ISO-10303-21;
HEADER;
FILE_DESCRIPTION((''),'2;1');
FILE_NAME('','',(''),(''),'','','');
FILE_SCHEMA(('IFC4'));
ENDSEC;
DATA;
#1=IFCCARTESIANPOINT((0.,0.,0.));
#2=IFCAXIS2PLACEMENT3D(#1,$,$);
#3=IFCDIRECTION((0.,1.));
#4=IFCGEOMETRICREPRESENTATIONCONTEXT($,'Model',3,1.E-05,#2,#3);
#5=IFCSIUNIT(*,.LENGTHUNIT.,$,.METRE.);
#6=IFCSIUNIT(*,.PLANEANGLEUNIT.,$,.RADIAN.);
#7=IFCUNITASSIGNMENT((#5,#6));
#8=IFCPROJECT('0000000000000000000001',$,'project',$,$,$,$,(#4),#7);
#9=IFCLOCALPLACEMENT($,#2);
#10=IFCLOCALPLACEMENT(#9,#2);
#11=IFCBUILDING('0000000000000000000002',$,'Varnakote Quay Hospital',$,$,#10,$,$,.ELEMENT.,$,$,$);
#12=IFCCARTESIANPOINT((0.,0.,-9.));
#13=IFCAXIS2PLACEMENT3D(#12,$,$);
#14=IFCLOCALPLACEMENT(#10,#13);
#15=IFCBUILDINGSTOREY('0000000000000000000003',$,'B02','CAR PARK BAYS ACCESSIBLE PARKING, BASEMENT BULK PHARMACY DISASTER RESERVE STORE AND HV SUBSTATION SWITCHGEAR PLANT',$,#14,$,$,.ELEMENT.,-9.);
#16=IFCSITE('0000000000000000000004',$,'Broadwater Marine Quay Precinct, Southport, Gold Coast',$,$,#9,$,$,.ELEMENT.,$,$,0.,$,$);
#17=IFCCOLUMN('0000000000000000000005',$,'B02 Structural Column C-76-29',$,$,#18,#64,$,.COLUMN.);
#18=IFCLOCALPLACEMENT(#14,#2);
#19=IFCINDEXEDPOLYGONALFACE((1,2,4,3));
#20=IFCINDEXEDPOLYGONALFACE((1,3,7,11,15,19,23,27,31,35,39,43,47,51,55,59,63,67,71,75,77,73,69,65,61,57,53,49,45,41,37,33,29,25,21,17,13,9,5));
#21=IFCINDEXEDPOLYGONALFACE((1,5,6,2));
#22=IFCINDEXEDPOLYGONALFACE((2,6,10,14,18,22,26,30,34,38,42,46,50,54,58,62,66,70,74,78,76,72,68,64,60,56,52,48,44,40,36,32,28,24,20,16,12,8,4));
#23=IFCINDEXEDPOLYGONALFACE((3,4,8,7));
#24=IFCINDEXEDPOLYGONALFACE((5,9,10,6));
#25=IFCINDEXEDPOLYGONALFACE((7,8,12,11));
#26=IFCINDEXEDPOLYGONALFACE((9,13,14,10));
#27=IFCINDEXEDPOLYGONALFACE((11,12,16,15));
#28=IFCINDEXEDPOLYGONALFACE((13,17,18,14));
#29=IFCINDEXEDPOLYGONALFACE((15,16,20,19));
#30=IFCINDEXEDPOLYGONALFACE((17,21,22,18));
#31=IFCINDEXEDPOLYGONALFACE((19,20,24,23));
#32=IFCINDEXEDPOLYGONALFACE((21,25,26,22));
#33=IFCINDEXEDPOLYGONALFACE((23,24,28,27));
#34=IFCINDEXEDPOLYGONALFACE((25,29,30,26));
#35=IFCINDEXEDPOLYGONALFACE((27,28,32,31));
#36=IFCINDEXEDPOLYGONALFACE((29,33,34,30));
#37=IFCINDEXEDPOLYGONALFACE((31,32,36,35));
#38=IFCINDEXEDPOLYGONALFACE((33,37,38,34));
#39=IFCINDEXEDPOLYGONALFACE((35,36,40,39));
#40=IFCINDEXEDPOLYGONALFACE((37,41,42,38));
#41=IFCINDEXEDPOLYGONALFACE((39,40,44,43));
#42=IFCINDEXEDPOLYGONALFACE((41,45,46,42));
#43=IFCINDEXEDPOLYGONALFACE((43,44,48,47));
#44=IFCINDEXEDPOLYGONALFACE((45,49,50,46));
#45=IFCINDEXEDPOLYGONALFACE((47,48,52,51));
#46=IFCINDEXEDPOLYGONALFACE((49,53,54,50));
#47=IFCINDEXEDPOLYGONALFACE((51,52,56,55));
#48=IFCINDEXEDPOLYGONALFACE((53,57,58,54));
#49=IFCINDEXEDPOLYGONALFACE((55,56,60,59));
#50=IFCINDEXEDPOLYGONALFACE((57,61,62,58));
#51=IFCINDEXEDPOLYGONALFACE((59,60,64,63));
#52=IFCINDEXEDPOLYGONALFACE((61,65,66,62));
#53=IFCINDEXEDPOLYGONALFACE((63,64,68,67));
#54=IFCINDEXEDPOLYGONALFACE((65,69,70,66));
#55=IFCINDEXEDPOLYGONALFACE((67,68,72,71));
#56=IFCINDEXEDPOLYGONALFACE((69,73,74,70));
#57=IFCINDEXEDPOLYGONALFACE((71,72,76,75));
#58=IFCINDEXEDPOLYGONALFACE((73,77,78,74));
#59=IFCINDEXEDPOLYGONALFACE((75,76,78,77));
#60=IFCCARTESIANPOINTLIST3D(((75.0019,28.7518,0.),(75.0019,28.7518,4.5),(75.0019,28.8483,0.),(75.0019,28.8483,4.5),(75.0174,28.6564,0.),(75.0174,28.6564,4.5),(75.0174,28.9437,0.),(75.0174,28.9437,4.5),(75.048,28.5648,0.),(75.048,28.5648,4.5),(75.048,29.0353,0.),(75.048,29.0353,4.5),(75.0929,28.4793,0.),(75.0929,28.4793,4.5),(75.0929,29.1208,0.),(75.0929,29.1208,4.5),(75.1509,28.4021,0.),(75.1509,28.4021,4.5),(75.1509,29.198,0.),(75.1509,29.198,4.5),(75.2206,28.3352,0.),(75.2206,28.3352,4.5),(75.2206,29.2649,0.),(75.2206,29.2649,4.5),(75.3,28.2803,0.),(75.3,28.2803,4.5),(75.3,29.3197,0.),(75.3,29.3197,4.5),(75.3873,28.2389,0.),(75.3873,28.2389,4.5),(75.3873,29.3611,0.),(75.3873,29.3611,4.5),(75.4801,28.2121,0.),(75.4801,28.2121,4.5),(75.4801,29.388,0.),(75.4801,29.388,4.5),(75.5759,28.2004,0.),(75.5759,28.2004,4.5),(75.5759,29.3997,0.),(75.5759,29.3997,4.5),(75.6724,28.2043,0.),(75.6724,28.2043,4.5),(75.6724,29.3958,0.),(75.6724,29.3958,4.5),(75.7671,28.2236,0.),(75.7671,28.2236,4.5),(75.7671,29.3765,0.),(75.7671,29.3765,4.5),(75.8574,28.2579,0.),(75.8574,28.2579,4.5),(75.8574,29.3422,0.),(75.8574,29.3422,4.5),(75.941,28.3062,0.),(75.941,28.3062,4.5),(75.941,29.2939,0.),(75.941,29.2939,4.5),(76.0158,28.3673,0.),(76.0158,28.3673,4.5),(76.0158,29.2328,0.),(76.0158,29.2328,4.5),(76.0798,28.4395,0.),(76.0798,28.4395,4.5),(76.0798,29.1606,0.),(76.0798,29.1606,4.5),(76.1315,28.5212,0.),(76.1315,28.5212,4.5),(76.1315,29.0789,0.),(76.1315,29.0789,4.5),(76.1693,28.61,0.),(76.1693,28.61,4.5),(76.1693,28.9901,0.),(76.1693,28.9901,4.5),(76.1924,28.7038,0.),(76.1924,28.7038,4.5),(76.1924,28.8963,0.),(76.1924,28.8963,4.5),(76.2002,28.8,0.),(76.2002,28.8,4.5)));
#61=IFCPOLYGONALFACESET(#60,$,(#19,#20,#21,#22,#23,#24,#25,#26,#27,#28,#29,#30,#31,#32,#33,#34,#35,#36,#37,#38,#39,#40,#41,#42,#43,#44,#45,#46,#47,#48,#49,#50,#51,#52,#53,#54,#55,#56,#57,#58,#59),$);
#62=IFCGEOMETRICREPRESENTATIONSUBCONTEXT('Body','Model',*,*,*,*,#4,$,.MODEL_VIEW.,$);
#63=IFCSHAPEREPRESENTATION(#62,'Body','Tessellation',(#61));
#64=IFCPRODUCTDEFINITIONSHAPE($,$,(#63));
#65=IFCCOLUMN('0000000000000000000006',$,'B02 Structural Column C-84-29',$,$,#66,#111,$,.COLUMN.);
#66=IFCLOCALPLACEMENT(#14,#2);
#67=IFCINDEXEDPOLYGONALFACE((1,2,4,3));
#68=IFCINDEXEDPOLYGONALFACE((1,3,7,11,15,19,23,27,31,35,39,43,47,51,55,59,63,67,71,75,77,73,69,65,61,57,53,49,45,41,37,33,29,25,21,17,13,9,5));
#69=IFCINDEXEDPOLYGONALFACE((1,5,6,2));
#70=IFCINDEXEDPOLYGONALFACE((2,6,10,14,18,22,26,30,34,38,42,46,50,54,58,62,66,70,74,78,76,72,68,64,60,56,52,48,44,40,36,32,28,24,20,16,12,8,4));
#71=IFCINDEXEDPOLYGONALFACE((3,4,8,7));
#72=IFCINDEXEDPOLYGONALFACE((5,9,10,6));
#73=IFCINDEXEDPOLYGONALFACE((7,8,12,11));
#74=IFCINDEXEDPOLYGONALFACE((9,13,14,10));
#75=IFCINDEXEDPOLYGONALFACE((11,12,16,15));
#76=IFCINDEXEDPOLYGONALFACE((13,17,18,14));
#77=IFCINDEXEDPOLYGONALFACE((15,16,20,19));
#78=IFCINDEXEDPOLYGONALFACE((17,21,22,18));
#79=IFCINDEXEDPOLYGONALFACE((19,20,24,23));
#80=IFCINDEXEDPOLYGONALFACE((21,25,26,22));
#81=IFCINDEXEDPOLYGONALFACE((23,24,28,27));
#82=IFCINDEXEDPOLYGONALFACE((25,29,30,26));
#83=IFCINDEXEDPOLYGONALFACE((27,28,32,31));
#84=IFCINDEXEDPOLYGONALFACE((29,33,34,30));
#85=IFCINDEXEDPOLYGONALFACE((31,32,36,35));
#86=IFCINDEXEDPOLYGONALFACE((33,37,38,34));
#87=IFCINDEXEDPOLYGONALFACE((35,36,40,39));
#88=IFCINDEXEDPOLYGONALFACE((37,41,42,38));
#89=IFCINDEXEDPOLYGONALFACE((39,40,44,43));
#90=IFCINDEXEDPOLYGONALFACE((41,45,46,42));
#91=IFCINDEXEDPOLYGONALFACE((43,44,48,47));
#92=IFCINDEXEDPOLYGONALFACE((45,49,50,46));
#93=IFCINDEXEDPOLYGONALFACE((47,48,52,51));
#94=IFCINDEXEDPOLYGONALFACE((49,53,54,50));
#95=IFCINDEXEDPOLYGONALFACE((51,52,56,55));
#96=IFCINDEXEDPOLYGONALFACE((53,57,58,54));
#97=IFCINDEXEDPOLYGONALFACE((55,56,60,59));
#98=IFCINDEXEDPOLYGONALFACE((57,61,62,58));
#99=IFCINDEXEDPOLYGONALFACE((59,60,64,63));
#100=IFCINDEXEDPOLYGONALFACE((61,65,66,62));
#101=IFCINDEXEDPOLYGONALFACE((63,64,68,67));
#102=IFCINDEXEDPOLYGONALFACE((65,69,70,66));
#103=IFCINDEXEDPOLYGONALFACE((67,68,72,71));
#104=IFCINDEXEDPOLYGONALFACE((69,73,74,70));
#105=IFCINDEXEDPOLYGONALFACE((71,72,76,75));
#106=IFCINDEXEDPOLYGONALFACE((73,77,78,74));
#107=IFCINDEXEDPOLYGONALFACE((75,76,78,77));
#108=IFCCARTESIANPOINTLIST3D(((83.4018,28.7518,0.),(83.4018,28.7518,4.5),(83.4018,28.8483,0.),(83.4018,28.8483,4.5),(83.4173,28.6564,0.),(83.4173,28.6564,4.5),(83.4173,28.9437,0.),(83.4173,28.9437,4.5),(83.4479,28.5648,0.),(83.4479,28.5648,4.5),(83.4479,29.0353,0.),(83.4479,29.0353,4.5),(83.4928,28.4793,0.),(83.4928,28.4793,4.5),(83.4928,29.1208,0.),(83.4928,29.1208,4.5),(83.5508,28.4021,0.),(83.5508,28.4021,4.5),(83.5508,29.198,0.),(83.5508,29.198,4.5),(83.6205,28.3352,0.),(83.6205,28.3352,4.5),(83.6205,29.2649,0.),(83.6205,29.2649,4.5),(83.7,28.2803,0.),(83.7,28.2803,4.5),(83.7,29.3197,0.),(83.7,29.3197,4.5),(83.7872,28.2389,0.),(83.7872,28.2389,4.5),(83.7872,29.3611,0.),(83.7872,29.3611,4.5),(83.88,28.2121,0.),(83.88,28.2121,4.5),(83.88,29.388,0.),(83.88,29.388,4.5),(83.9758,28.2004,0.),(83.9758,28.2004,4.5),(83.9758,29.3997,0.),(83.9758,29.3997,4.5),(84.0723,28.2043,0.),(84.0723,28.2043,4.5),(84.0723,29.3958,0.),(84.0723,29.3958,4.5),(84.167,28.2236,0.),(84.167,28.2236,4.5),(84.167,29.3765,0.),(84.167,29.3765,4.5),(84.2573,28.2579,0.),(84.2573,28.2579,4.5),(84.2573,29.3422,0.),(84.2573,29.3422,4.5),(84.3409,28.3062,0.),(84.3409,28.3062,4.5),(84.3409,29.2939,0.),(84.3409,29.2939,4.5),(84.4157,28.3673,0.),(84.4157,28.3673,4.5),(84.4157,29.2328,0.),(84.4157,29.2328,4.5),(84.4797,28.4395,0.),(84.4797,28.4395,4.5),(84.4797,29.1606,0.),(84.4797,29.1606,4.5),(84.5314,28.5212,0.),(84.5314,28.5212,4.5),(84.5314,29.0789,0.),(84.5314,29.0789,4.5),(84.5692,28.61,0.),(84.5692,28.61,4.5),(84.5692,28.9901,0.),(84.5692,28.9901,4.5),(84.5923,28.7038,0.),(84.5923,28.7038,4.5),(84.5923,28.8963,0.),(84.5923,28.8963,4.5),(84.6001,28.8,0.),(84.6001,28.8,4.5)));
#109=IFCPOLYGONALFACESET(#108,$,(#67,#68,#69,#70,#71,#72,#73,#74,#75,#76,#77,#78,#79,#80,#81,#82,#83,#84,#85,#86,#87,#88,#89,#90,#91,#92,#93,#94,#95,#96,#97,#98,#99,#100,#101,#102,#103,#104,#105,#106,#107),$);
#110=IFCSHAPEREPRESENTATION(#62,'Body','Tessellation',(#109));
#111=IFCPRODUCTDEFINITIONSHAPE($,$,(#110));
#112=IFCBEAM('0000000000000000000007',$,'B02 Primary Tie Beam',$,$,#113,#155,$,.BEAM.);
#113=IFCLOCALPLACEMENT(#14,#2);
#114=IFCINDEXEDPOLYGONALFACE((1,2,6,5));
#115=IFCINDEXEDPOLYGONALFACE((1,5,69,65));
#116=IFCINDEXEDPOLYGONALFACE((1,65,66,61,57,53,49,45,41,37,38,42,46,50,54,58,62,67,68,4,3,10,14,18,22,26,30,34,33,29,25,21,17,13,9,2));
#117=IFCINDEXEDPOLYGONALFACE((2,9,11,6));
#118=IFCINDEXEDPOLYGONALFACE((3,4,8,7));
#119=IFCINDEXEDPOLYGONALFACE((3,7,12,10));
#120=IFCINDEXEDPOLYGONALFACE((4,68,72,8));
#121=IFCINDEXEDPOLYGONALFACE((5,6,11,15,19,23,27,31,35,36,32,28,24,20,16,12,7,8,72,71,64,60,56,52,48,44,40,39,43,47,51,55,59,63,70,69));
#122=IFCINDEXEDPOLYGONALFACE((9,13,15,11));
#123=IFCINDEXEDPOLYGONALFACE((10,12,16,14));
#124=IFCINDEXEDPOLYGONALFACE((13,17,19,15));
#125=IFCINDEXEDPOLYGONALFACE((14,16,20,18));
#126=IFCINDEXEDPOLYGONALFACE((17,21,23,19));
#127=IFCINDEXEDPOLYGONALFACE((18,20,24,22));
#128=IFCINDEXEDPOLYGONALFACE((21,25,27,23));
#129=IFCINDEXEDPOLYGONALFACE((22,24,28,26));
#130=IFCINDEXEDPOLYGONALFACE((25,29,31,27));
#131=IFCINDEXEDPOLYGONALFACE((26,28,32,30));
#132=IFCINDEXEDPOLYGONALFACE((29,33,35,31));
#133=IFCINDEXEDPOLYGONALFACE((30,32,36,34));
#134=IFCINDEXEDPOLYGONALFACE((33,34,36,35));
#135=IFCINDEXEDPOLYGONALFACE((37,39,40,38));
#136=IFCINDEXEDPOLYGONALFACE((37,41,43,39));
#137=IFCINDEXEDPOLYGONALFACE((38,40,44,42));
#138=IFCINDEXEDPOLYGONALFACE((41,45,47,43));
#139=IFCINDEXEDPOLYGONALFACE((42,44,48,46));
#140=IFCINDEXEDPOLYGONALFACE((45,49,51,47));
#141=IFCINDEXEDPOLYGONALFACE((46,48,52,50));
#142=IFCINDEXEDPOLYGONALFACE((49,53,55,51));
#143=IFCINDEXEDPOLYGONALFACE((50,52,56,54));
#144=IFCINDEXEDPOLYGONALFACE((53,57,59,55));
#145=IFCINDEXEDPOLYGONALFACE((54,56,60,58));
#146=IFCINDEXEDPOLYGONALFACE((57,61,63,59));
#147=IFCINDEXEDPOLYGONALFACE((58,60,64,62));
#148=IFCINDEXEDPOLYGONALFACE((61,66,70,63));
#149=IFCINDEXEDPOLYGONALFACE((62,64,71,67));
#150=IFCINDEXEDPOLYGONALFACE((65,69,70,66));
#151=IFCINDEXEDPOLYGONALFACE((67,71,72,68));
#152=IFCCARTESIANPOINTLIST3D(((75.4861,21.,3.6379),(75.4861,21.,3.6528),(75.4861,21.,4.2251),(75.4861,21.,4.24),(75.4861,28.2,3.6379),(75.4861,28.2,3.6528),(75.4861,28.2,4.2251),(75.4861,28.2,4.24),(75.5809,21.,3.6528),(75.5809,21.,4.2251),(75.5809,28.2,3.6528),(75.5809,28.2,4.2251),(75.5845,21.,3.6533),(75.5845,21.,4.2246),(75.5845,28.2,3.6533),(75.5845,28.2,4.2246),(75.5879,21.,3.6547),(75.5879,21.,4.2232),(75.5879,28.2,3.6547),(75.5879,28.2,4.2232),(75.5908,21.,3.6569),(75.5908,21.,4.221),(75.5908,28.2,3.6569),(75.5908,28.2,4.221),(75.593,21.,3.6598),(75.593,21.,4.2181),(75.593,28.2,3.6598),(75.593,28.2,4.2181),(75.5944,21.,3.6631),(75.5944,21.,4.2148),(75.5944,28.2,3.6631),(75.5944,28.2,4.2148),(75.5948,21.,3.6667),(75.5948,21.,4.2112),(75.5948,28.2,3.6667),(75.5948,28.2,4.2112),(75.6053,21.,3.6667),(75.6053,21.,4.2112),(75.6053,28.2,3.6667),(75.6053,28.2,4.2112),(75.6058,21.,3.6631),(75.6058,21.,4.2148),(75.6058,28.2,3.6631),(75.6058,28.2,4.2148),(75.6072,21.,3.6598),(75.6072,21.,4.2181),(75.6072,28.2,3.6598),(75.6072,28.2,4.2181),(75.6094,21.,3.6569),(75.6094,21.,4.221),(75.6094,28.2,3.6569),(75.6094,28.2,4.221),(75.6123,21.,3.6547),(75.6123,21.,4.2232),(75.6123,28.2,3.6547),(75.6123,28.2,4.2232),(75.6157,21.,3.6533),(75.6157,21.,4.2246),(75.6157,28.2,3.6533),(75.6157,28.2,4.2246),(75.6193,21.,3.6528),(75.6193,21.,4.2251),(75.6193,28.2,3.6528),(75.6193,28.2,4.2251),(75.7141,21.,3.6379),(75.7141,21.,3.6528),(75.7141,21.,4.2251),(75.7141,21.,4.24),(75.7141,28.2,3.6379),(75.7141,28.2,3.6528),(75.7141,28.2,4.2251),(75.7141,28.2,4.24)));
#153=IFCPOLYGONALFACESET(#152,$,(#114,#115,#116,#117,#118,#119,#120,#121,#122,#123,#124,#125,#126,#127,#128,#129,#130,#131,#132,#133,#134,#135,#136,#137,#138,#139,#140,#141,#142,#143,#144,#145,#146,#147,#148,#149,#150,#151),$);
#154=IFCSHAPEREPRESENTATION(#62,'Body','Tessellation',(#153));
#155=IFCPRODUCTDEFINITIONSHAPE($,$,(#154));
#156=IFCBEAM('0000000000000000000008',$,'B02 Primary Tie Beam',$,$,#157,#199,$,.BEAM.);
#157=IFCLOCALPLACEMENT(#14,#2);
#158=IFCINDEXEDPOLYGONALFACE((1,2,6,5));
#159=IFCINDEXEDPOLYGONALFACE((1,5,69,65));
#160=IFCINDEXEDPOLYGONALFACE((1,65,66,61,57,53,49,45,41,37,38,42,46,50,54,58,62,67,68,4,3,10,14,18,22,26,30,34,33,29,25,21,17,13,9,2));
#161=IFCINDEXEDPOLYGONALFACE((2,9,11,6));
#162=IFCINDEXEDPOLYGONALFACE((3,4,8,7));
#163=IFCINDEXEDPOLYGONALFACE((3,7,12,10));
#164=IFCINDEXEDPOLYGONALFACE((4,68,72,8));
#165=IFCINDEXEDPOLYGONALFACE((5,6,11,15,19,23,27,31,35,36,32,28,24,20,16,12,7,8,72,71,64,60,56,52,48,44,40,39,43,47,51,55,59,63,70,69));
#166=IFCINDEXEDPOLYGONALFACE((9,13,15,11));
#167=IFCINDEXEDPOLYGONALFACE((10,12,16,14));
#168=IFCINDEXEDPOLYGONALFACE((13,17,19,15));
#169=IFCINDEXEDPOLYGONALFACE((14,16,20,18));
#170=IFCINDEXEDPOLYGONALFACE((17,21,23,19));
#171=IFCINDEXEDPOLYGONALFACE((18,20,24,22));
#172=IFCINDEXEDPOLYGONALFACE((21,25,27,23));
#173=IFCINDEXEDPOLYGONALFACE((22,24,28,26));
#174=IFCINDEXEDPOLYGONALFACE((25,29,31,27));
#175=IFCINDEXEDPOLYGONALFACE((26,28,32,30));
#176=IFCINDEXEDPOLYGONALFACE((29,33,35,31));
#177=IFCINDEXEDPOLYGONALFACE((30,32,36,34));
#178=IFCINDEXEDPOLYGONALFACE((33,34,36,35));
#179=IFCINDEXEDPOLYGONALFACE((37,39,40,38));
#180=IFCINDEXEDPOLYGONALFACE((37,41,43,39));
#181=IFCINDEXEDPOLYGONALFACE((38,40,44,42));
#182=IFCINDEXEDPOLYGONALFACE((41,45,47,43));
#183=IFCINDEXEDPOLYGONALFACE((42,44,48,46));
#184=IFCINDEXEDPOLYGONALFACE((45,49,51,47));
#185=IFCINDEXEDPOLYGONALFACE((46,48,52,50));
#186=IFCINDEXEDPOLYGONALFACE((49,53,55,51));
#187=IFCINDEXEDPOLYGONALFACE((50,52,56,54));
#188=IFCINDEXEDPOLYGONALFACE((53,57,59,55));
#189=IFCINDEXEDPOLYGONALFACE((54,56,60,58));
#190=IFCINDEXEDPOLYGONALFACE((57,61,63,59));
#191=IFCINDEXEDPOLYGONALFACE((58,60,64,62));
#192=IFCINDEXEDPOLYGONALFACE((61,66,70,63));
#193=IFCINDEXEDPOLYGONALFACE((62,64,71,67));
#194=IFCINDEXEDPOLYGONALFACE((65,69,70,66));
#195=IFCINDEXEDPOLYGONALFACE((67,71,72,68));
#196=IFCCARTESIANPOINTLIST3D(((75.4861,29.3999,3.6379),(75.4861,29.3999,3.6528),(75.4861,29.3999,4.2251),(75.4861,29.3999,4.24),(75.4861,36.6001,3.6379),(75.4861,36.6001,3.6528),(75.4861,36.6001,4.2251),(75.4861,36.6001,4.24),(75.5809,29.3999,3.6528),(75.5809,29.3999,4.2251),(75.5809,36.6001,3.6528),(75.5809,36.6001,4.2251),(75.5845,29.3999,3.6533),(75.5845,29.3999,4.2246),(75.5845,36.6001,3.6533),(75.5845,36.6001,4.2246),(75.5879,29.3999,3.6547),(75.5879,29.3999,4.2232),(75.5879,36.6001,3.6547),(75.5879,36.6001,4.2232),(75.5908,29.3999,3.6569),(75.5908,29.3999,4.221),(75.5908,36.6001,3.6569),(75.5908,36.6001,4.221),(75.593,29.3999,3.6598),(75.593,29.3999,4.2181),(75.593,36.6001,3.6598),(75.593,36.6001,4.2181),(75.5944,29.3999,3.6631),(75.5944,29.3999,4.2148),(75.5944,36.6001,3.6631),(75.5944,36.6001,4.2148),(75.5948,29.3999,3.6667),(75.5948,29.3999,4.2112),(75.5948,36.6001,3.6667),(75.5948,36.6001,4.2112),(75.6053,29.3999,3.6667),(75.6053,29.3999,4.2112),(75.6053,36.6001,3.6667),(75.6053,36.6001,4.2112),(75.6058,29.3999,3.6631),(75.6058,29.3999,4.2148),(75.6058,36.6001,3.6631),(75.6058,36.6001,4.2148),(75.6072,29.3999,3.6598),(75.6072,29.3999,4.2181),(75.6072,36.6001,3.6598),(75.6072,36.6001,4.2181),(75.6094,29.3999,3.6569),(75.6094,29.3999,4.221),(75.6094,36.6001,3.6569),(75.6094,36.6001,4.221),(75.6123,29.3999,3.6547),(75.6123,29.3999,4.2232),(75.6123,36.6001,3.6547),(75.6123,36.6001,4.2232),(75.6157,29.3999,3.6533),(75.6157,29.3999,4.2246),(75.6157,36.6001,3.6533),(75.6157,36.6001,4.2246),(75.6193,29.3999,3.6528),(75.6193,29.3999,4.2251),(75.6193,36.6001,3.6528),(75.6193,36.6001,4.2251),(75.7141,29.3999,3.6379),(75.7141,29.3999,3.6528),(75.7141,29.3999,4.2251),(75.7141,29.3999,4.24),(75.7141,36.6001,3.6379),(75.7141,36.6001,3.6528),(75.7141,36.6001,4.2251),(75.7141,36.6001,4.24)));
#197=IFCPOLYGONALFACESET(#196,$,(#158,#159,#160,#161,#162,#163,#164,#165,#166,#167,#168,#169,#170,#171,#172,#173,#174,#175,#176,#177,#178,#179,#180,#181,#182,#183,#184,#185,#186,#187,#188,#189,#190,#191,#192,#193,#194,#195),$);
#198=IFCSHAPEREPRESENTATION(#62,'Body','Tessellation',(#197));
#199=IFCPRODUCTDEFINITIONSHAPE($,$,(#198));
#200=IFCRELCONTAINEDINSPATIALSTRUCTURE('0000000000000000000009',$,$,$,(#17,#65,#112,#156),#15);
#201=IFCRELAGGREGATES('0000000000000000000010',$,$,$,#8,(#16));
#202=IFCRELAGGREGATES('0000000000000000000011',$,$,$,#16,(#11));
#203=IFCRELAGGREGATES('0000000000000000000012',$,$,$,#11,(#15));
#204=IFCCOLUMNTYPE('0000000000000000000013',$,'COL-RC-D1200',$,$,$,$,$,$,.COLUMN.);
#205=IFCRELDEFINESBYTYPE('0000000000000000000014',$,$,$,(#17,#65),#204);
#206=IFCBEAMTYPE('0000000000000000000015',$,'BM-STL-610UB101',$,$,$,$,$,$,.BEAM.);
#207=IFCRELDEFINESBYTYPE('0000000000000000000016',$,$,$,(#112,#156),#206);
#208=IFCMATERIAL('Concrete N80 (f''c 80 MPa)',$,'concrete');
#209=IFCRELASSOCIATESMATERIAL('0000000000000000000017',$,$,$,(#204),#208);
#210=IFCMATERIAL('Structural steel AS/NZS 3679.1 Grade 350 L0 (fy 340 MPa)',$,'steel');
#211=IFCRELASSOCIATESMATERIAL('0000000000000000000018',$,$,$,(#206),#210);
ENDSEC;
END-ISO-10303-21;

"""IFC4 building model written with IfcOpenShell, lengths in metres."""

from ifc_helpers import new_model, si_unit, direction, frame, origin, origin_2d, place, context, subcontext, project, spatial, circle, i_section, extrude, material, material_profile, profile_set, type_object, element, save


model = new_model("IFC4")

# Units and contexts
model_context = context("Model", 3, precision=1e-05, world=origin(), true_north=direction((0.0, 1.0)))
body_context = subcontext(model_context, "Body", "Model", "MODEL_VIEW")
ifc_project = project(units=[si_unit("LENGTHUNIT", "METRE"), si_unit("PLANEANGLEUNIT", "RADIAN")], contexts=[model_context])

# Site, building, storey
site_placement = place(None, origin())
site = spatial("IfcSite", under=ifc_project, at=site_placement, Name="Broadwater Marine Quay Precinct, Southport, Gold Coast", CompositionType="ELEMENT", RefElevation=0.0)
building_placement = place(site_placement, origin())
building = spatial("IfcBuilding", under=site, at=building_placement, Name="Varnakote Quay Hospital", CompositionType="ELEMENT")
storey_placement = place(building_placement, frame((0.0, 0.0, -9.0)))
storey = spatial("IfcBuildingStorey", under=building, at=storey_placement, Name="B02", Description="CAR PARK BAYS ACCESSIBLE PARKING, BASEMENT BULK PHARMACY DISASTER RESERVE STORE AND HV SUBSTATION SWITCHGEAR PLANT", CompositionType="ELEMENT", Elevation=-9.0)

# Columns
ifc_material_1 = material(Name="Concrete N80 (f'c 80 MPa)", Category="concrete")
ifc_material_profile_1 = material_profile(ifc_material_1, circle(Radius=0.6001, at=origin_2d()), Name="RC-COL-D1200")
ifc_profile_set_1 = profile_set([ifc_material_profile_1], Name="Concrete N80 (f'c 80 MPa)")
column_type_1 = type_object("IfcColumnType", Name="COL-RC-D1200", PredefinedType="COLUMN", material=ifc_profile_set_1)
for number, where, z_axis, x_axis, name in (
    (1, (75.6001, 28.8, 0.0), (0.0, 0.0, 1.0), (1.0, 0.0, 0.0), "B02 Structural Column C-76-29"),
    (2, (84.0, 28.8, 0.0), (0.0, 0.0, 1.0), (1.0, 0.0, 0.0), "B02 Structural Column C-84-29"),
):
    element("IfcColumn", number, at=place(storey_placement, frame(where, z_axis=z_axis, x_axis=x_axis)), inside=storey, type_object=column_type_1, Name=name, PredefinedType="COLUMN", context=body_context, shape_type="SweptSolid", body=[
        extrude(circle(Radius=0.6001, at=origin_2d()), origin(), (0.0, 0.0, 1.0), 4.5),
    ])

# Beams
ifc_material_2 = material(Name="Structural steel AS/NZS 3679.1 Grade 350 L0 (fy 340 MPa)", Category="steel")
ifc_material_profile_2 = material_profile(ifc_material_2, i_section(OverallWidth=0.228, OverallDepth=0.6021, WebThickness=0.0105, FlangeThickness=0.0149, FilletRadius=0.0139, at=origin_2d()), Name="610UB101")
ifc_profile_set_2 = profile_set([ifc_material_profile_2], Name="Structural steel AS/NZS 3679.1 Grade 350 L0 (fy 340 MPa)")
beam_type_1 = type_object("IfcBeamType", Name="BM-STL-610UB101", PredefinedType="BEAM", material=ifc_profile_set_2)
beam_1_placement = place(storey_placement, frame((75.6001, 21.0, 3.939), z_axis=(0.0, 1.0, 0.0), x_axis=(-1.0, 0.0, 0.0)))
element("IfcBeam", 3, at=beam_1_placement, inside=storey, type_object=beam_type_1, Name="B02 Primary Tie Beam", PredefinedType="BEAM", context=body_context, shape_type="SweptSolid", body=[
    extrude(i_section(OverallWidth=0.228, OverallDepth=0.6021, WebThickness=0.0105, FlangeThickness=0.0149, FilletRadius=0.0139, at=origin_2d()), origin(), (0.0, 0.0, 1.0), 7.2),
])
beam_2_placement = place(storey_placement, frame((75.6001, 29.3999, 3.939), z_axis=(0.0, 1.0, 0.0), x_axis=(-1.0, 0.0, 0.0)))
element("IfcBeam", 4, at=beam_2_placement, inside=storey, type_object=beam_type_1, Name="B02 Primary Tie Beam", PredefinedType="BEAM", context=body_context, shape_type="SweptSolid", body=[
    extrude(i_section(OverallWidth=0.228, OverallDepth=0.6021, WebThickness=0.0105, FlangeThickness=0.0149, FilletRadius=0.0139, at=origin_2d()), origin(), (0.0, 0.0, 1.0), 7.2002),
])

save(model, "model.ifc")
